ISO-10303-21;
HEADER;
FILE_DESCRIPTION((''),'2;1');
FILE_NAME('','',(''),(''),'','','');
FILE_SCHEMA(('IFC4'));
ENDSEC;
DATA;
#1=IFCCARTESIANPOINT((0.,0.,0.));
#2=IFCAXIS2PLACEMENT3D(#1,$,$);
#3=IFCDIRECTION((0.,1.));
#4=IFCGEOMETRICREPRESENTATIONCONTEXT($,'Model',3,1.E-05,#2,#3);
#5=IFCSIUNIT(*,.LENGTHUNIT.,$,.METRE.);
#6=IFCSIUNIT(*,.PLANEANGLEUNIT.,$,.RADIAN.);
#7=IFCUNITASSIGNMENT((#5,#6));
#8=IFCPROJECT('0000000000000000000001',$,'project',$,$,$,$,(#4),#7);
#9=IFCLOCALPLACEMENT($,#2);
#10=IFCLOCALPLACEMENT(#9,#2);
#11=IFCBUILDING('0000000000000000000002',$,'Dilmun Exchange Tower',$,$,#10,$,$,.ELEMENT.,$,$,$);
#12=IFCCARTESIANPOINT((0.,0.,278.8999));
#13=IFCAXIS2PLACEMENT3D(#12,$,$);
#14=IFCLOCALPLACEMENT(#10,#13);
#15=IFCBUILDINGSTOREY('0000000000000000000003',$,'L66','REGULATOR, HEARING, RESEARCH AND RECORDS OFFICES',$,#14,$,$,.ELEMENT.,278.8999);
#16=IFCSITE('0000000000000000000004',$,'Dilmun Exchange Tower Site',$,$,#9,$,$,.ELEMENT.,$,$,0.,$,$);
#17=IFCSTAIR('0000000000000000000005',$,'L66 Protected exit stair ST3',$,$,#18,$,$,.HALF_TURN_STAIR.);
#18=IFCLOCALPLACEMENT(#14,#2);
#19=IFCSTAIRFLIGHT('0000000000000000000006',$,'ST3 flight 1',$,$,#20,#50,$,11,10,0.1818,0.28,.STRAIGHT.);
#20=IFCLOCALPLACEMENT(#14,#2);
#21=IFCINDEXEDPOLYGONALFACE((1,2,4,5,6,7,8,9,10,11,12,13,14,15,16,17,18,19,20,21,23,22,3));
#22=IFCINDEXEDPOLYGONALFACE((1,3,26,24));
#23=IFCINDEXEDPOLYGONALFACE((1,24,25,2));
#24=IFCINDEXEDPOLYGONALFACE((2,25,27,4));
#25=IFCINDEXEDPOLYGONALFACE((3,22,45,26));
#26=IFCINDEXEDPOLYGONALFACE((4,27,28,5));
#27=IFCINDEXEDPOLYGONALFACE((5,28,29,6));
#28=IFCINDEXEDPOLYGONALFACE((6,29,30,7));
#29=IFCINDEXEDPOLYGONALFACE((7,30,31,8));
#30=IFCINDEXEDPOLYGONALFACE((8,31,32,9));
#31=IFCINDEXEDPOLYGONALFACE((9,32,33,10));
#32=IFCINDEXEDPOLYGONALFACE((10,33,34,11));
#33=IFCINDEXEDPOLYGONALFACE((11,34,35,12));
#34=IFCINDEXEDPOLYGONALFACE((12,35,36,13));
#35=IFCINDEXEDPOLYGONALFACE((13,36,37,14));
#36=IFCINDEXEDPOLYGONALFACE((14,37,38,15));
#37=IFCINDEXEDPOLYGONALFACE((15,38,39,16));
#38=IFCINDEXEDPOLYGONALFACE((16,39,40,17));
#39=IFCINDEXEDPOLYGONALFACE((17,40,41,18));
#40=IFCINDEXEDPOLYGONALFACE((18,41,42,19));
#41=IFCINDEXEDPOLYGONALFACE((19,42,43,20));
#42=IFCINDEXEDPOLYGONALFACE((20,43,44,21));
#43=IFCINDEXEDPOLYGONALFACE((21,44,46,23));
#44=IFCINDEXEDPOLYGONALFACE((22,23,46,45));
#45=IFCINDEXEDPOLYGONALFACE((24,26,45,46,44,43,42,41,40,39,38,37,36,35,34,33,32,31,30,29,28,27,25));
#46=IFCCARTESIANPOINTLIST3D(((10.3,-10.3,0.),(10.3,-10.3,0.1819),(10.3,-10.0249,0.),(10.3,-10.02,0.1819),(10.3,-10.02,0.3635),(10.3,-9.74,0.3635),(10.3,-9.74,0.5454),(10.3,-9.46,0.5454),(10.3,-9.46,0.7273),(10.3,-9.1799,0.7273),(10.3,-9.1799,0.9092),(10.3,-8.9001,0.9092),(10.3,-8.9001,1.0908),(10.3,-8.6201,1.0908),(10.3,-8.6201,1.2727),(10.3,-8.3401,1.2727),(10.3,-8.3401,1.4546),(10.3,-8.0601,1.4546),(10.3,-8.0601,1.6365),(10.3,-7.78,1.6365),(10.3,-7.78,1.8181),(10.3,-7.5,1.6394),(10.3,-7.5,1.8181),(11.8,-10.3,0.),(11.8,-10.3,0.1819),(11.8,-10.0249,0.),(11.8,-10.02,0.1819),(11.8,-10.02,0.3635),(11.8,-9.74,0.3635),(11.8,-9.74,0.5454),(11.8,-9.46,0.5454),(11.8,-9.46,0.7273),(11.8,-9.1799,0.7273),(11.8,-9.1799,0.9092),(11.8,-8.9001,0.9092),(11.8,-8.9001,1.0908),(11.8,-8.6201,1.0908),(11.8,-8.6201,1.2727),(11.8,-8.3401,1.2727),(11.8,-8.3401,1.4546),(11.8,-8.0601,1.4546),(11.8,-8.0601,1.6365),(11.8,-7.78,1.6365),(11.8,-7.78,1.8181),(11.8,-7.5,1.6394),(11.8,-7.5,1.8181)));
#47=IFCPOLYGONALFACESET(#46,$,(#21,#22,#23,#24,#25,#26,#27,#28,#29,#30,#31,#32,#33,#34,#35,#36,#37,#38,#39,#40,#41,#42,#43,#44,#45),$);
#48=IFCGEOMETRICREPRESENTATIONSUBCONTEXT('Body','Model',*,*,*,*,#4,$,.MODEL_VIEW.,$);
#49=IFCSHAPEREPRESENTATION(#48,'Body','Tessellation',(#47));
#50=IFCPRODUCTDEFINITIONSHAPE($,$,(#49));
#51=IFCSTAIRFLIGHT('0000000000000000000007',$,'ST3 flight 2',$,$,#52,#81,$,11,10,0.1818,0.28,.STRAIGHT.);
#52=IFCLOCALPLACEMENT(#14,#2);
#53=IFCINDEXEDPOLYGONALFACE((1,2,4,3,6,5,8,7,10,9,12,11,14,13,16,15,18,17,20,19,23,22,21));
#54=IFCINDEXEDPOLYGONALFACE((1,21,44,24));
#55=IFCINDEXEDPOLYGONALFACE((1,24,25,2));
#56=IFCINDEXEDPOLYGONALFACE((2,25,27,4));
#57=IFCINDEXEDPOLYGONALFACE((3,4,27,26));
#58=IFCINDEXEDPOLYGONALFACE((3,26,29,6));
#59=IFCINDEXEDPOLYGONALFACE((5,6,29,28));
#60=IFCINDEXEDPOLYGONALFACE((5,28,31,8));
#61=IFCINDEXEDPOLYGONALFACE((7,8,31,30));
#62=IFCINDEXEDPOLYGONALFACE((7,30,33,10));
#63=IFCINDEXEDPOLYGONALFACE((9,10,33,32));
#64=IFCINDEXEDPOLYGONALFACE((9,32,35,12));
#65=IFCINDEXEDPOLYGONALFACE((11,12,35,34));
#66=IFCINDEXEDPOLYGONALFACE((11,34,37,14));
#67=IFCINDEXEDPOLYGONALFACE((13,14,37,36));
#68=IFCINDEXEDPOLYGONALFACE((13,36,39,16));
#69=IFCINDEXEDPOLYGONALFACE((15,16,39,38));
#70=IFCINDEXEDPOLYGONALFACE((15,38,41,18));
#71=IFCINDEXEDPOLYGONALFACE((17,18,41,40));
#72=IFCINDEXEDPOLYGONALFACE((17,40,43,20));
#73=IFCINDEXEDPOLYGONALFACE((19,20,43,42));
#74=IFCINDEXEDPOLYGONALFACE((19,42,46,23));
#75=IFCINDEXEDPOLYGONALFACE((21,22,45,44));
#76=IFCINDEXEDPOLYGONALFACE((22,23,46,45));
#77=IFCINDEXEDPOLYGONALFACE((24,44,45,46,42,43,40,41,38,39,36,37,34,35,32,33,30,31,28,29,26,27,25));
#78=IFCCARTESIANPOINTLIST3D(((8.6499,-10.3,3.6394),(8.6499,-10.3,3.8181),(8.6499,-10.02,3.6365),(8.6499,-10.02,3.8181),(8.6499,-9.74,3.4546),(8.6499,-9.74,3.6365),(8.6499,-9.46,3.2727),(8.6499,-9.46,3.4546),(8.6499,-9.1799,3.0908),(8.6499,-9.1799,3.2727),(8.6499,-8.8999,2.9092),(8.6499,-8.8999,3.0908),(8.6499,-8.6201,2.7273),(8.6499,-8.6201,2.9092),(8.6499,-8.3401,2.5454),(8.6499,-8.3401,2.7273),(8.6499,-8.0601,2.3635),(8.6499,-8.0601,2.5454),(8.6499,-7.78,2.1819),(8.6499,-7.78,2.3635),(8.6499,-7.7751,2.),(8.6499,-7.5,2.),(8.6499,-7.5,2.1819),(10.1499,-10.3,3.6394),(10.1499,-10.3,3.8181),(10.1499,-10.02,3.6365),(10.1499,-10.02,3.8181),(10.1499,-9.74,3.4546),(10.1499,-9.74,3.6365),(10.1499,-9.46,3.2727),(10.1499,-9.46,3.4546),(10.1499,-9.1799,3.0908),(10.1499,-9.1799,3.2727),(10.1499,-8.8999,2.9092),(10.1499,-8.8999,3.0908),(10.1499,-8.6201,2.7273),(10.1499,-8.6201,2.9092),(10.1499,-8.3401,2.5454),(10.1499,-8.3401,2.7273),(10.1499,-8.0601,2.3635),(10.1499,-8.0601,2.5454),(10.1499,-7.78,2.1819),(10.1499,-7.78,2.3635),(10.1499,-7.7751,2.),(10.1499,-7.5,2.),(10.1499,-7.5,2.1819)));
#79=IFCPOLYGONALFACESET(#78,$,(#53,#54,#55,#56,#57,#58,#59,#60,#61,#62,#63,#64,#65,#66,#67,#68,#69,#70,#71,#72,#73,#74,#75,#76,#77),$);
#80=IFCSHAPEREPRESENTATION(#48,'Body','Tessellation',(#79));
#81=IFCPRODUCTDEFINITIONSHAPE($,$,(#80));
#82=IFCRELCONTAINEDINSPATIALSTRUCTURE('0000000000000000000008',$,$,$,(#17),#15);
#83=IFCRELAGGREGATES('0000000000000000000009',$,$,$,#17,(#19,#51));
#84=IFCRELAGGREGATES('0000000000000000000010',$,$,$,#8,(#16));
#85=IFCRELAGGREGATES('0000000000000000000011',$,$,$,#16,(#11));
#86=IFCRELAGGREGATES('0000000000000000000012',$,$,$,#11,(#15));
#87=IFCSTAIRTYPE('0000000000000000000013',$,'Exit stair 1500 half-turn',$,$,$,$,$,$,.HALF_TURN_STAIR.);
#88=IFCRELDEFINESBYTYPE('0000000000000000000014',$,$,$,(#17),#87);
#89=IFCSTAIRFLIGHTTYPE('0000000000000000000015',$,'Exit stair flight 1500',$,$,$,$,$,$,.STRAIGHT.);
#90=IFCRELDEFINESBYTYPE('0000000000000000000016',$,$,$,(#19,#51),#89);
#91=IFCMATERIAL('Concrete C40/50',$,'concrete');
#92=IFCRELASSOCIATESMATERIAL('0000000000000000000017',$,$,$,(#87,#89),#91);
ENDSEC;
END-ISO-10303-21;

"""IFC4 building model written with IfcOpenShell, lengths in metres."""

from ifc_helpers import new_model, si_unit, direction, frame, origin, place, context, subcontext, project, spatial, polyline, outline, extrude, material, type_object, element, aggregate, save


model = new_model("IFC4")

# Units and contexts
model_context = context("Model", 3, precision=1e-05, world=origin(), true_north=direction((0.0, 1.0)))
body_context = subcontext(model_context, "Body", "Model", "MODEL_VIEW")
ifc_project = project(units=[si_unit("LENGTHUNIT", "METRE"), si_unit("PLANEANGLEUNIT", "RADIAN")], contexts=[model_context])

# Site, building, storey
site_placement = place(None, origin())
site = spatial("IfcSite", under=ifc_project, at=site_placement, Name="Dilmun Exchange Tower Site", CompositionType="ELEMENT", RefElevation=0.0)
building_placement = place(site_placement, origin())
building = spatial("IfcBuilding", under=site, at=building_placement, Name="Dilmun Exchange Tower", CompositionType="ELEMENT")
storey_placement = place(building_placement, frame((0.0, 0.0, 278.8999)))
storey = spatial("IfcBuildingStorey", under=building, at=storey_placement, Name="L66", Description="REGULATOR, HEARING, RESEARCH AND RECORDS OFFICES", CompositionType="ELEMENT", Elevation=278.8999)

# Shared definitions
ifc_material_1 = material(Name="Concrete C40/50", Category="concrete")

# Stair, stair flights
stair_type = type_object("IfcStairType", Name="Exit stair 1500 half-turn", PredefinedType="HALF_TURN_STAIR", material=ifc_material_1)
stair_placement = place(storey_placement, origin())
stair = element("IfcStair", 1, at=stair_placement, inside=storey, type_object=stair_type, Name="L66 Protected exit stair ST3", PredefinedType="HALF_TURN_STAIR")
stair_flight_type = type_object("IfcStairFlightType", Name="Exit stair flight 1500", PredefinedType="STRAIGHT", material=ifc_material_1)
stair_flight_1_placement = place(storey_placement, frame((11.05, -10.3, 0.0), z_axis=(0.0, 0.0, 1.0), x_axis=(0.0, 1.0, 0.0)))
stair_flight_1 = element("IfcStairFlight", 2, at=stair_flight_1_placement, type_object=stair_flight_type, Name="ST3 flight 1", NumberOfRisers=11, NumberOfTreads=10, PredefinedType="STRAIGHT", RiserHeight=0.1818, TreadLength=0.28, context=body_context, shape_type="SweptSolid", body=[
    extrude(outline(polyline([(0.0, 0.0), (0.0, 0.1819), (0.28, 0.1819), (0.28, 0.3635), (0.5601, 0.3635), (0.5601, 0.5454), (0.8401, 0.5454), (0.8401, 0.7273), (1.1201, 0.7273), (1.1201, 0.9092), (1.3999, 0.9092), (1.3999, 1.0908), (1.6799, 1.0908), (1.6799, 1.2727), (1.96, 1.2727), (1.96, 1.4546), (2.24, 1.4546), (2.24, 1.6365), (2.52, 1.6365), (2.52, 1.8181), (2.8, 1.8181), (2.8, 2.0), (2.8, 1.6394), (0.2751, 0.0), (0.0, 0.0)])), frame((0.0, 0.75, 0.0), z_axis=(0.0, -1.0, 0.0), x_axis=(1.0, 0.0, 0.0)), (0.0, 0.0, 1.0), 1.5),
])
stair_flight_2_placement = place(storey_placement, frame((9.3999, -7.5, 2.0), z_axis=(0.0, 0.0, 1.0), x_axis=(0.0, -1.0, 0.0)))
stair_flight_2 = element("IfcStairFlight", 3, at=stair_flight_2_placement, type_object=stair_flight_type, Name="ST3 flight 2", NumberOfRisers=11, NumberOfTreads=10, PredefinedType="STRAIGHT", RiserHeight=0.1818, TreadLength=0.28, context=body_context, shape_type="SweptSolid", body=[
    extrude(outline(polyline([(0.0, 0.0), (0.0, 0.1819), (0.28, 0.1819), (0.28, 0.3635), (0.5601, 0.3635), (0.5601, 0.5454), (0.8401, 0.5454), (0.8401, 0.7273), (1.1201, 0.7273), (1.1201, 0.9092), (1.3999, 0.9092), (1.3999, 1.0908), (1.6799, 1.0908), (1.6799, 1.2727), (1.96, 1.2727), (1.96, 1.4546), (2.24, 1.4546), (2.24, 1.6365), (2.52, 1.6365), (2.52, 1.8181), (2.8, 1.8181), (2.8, 2.0), (2.8, 1.6394), (0.2751, 0.0), (0.0, 0.0)])), frame((0.0, 0.75, 0.0), z_axis=(0.0, -1.0, 0.0), x_axis=(1.0, 0.0, 0.0)), (0.0, 0.0, 1.0), 1.5),
])
aggregate(stair, [stair_flight_1, stair_flight_2])

save(model, "model.ifc")
